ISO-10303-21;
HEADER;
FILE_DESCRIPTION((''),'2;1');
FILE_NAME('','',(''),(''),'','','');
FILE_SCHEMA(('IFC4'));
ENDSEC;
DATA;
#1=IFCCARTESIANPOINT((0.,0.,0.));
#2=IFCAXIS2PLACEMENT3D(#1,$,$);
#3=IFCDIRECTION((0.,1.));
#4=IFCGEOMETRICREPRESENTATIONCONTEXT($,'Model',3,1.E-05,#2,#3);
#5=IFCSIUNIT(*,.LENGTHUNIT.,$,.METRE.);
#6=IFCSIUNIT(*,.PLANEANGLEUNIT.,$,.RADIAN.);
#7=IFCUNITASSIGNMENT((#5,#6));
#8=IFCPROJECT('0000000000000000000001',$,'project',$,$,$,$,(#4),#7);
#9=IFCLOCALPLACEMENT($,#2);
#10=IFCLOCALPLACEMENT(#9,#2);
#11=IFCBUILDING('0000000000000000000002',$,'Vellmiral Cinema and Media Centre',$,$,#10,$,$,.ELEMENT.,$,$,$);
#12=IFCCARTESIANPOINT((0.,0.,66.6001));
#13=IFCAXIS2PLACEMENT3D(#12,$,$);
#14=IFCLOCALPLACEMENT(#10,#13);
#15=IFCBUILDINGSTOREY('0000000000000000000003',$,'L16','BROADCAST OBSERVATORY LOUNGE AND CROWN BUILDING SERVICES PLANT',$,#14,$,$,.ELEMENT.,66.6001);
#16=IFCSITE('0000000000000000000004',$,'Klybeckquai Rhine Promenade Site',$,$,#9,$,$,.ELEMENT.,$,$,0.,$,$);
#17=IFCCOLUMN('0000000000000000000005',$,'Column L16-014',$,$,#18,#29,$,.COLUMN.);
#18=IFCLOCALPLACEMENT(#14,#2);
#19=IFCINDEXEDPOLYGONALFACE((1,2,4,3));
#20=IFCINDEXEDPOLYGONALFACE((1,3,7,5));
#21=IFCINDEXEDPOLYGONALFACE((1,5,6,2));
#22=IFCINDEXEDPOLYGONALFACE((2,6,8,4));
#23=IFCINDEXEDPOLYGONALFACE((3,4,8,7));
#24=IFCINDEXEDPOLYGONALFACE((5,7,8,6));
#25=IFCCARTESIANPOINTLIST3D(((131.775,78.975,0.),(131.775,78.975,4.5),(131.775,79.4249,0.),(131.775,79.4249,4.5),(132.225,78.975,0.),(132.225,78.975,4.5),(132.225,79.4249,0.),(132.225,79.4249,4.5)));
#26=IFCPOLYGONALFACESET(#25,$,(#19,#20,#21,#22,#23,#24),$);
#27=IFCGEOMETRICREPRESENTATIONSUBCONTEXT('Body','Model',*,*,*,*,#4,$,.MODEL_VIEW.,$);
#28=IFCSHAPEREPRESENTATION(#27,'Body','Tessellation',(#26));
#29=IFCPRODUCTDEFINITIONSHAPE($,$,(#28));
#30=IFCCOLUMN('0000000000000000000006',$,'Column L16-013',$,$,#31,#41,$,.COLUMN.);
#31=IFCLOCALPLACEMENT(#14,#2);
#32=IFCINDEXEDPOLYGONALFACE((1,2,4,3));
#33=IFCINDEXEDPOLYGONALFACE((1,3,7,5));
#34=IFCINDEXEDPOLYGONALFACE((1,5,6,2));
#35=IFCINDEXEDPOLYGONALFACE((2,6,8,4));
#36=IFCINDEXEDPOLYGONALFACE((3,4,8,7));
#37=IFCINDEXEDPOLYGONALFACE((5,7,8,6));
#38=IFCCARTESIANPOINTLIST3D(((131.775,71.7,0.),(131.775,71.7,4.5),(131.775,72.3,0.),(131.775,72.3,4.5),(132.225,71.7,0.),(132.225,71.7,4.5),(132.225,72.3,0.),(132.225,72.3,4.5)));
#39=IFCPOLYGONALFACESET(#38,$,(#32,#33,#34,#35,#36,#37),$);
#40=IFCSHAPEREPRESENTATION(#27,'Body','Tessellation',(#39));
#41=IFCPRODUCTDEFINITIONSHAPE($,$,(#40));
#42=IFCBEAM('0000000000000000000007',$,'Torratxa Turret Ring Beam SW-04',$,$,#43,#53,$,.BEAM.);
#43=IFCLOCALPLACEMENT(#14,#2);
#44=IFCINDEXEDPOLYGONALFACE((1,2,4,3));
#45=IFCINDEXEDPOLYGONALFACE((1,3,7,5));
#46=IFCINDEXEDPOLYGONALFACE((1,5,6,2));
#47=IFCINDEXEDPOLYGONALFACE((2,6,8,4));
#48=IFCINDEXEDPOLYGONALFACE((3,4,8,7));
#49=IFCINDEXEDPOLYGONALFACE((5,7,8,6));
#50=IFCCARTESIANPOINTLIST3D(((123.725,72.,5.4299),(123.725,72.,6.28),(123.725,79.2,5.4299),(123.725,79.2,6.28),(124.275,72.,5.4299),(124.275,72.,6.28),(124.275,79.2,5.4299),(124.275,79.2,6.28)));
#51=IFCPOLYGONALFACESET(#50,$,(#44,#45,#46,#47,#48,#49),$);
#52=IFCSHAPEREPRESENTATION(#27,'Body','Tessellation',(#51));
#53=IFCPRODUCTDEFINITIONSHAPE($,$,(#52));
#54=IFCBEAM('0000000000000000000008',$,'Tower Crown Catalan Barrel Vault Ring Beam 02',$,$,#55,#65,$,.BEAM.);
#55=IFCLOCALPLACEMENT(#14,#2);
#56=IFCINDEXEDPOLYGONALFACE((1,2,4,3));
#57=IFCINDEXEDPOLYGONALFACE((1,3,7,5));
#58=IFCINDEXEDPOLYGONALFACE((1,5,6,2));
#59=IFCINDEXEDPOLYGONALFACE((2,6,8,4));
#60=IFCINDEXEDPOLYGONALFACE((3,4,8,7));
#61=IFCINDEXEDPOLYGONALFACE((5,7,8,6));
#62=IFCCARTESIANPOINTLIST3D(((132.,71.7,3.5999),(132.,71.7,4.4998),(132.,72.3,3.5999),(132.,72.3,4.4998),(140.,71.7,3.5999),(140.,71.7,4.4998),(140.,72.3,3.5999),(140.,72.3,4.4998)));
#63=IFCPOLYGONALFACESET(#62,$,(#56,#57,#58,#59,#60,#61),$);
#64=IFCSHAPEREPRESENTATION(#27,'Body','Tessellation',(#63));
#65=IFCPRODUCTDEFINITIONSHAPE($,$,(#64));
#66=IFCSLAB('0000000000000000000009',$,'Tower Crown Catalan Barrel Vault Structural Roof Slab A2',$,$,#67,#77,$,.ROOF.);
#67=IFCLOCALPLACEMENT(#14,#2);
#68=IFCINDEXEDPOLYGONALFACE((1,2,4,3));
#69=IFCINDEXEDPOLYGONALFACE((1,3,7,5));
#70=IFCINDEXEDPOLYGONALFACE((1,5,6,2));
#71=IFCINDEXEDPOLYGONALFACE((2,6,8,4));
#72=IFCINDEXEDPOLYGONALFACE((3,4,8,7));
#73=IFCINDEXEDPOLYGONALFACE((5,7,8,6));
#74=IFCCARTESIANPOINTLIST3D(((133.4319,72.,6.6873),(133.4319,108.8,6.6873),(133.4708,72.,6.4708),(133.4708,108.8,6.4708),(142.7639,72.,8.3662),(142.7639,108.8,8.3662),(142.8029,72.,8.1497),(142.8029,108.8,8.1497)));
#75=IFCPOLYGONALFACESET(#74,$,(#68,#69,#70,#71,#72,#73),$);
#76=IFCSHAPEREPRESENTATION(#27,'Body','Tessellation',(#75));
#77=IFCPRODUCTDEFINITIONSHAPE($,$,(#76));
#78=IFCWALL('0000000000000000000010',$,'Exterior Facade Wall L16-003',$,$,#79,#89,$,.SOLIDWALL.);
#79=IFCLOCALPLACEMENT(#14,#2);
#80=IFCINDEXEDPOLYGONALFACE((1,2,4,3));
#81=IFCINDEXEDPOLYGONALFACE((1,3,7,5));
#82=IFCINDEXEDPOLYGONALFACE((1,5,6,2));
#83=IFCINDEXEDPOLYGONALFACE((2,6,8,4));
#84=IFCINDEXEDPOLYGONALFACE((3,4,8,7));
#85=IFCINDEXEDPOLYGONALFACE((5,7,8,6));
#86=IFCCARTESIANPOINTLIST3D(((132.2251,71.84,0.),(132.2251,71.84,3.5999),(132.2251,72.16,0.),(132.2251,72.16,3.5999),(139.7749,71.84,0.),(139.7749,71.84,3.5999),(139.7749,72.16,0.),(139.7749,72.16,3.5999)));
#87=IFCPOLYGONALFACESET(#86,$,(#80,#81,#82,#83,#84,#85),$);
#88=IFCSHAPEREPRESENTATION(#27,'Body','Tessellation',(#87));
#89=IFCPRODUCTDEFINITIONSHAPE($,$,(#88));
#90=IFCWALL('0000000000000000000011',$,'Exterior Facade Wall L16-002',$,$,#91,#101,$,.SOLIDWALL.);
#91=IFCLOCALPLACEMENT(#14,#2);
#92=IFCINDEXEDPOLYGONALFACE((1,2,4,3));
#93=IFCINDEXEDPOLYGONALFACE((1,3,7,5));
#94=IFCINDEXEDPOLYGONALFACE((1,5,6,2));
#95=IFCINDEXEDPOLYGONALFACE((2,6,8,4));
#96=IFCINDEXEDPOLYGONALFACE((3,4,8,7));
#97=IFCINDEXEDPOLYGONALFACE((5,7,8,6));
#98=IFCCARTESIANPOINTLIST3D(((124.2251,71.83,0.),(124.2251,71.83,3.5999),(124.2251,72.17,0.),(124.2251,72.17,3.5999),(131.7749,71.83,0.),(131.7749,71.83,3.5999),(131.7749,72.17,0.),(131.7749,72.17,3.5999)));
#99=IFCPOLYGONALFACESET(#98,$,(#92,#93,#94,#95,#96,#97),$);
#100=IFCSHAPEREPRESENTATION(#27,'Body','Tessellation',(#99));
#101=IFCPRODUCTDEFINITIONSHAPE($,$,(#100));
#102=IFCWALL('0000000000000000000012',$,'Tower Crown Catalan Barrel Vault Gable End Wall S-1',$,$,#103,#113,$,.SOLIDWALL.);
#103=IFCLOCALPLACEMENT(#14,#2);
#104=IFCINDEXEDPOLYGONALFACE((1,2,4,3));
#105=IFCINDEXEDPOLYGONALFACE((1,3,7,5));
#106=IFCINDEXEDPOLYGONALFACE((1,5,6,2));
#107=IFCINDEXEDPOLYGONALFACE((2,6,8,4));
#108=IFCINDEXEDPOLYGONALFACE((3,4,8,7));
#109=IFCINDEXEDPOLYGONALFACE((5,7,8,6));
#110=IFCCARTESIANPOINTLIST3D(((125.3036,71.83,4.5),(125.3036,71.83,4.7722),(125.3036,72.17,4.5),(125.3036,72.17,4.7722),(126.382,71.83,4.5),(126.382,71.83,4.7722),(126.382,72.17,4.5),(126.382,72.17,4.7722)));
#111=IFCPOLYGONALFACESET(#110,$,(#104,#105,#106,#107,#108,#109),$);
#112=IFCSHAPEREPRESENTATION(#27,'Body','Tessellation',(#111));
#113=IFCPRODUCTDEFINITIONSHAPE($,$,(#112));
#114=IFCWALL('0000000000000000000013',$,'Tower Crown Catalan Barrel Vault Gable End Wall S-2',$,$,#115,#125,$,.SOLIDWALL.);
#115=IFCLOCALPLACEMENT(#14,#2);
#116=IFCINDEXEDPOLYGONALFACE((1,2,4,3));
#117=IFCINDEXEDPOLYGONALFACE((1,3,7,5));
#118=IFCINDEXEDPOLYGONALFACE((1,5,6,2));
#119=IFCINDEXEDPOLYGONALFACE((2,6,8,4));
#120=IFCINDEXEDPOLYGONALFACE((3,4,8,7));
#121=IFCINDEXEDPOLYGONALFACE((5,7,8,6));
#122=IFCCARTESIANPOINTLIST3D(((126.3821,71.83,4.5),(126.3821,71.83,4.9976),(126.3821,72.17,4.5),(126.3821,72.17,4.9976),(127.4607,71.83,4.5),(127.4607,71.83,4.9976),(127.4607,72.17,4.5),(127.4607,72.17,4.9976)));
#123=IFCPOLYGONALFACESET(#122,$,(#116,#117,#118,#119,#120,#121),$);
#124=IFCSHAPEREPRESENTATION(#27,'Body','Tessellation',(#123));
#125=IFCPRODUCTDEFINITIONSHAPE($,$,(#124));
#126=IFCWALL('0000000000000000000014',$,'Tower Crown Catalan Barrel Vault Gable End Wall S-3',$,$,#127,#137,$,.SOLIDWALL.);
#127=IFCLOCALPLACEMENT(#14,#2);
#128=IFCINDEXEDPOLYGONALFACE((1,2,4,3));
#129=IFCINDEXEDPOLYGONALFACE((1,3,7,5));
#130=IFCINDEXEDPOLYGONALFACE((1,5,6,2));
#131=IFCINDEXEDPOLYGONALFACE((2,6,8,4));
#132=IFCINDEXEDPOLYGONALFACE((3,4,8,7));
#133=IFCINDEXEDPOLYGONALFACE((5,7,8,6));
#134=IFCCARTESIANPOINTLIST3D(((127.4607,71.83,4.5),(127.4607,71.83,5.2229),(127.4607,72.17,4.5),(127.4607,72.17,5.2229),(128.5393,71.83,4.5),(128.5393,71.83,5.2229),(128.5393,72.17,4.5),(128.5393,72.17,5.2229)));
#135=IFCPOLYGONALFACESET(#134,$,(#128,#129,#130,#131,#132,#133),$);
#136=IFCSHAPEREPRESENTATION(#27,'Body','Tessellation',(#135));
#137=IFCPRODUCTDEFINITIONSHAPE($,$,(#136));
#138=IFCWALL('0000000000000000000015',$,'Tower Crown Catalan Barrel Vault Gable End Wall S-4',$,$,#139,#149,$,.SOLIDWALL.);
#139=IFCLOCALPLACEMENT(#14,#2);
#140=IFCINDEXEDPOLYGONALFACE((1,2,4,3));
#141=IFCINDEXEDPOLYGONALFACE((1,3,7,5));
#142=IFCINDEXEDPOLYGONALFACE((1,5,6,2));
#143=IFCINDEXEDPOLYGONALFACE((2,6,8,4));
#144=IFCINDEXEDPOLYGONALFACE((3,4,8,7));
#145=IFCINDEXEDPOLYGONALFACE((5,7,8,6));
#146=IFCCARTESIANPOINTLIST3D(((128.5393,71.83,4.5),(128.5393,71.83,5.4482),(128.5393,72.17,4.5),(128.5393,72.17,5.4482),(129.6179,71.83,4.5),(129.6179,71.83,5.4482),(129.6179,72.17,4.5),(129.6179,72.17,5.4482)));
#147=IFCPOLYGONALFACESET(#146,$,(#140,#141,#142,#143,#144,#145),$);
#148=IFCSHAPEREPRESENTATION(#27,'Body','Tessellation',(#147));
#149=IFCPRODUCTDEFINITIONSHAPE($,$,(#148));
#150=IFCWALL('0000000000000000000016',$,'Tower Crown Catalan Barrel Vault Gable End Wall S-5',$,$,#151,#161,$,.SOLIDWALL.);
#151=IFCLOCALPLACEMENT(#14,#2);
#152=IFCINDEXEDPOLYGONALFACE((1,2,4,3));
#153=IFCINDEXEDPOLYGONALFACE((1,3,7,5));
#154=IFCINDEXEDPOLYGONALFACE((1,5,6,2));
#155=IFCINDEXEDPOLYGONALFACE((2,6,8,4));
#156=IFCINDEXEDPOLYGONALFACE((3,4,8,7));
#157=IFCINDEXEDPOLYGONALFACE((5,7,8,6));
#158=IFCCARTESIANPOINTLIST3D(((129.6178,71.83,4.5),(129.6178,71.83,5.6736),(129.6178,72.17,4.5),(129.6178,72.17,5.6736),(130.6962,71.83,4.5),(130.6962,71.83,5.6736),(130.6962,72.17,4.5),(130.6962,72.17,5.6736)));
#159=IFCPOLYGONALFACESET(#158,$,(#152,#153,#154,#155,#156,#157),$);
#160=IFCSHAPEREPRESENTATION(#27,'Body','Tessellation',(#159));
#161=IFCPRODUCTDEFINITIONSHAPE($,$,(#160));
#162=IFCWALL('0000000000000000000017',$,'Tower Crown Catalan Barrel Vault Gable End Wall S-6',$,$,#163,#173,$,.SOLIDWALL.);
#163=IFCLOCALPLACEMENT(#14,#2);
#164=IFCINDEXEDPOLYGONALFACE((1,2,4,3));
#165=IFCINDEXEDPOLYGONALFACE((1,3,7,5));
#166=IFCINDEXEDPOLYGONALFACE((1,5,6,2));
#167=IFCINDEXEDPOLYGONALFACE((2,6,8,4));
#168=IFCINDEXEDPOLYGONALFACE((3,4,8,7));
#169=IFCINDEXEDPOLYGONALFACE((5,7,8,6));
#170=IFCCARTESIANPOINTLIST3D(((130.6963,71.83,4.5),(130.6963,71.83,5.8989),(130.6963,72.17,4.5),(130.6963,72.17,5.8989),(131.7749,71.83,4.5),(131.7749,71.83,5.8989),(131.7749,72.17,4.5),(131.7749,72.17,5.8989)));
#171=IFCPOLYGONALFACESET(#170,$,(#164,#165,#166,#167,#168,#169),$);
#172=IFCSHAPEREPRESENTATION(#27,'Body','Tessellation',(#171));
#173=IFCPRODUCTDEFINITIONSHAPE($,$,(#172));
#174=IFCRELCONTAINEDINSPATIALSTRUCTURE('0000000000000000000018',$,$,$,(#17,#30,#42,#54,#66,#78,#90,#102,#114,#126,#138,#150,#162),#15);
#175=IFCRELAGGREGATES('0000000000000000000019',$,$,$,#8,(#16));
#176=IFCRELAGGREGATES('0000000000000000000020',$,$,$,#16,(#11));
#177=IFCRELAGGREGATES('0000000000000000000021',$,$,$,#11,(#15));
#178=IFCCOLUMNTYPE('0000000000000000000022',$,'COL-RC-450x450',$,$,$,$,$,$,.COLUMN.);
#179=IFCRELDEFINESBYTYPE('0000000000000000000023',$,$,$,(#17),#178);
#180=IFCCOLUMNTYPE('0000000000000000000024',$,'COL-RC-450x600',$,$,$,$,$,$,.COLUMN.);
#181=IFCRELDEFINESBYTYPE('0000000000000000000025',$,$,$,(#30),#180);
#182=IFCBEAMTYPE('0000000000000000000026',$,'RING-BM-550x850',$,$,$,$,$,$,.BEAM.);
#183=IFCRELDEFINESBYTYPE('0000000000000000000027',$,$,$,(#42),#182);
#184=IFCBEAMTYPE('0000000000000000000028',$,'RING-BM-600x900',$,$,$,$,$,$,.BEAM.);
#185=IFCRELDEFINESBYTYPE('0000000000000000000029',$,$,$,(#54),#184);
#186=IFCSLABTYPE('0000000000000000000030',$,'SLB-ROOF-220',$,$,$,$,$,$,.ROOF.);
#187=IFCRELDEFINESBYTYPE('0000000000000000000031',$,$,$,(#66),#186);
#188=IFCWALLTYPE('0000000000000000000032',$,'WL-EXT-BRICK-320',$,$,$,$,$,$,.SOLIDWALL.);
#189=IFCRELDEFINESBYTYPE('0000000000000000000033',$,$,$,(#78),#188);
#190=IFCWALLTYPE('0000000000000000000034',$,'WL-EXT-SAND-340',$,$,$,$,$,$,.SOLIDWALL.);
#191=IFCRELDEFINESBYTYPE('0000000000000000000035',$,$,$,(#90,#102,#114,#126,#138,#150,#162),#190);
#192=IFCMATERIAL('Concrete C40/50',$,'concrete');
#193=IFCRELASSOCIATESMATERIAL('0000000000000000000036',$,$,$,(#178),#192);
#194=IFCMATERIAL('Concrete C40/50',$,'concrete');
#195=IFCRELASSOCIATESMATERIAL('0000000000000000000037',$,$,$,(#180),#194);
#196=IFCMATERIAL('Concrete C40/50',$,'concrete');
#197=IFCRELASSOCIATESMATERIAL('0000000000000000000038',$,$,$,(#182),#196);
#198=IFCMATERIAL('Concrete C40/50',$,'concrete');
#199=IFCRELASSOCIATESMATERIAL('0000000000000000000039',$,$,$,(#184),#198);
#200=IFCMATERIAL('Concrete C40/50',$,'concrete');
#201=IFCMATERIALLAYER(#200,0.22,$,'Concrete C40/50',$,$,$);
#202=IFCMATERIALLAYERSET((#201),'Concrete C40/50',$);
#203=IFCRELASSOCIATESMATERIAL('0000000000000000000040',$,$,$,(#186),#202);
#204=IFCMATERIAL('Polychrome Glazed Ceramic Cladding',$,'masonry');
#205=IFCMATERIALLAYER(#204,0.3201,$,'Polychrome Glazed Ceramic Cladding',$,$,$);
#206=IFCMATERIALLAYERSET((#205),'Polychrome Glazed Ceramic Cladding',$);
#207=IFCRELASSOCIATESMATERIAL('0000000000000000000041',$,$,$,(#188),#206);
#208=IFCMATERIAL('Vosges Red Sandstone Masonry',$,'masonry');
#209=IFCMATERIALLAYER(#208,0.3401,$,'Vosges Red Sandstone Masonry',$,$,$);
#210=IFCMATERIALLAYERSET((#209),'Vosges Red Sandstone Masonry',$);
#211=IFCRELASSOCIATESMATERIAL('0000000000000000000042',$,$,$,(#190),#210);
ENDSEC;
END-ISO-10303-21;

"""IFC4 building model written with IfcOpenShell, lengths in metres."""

from ifc_helpers import new_model, si_unit, direction, frame, frame_2d, origin, origin_2d, place, context, subcontext, project, spatial, polyline, rectangle, outline, extrude, material, layer, layer_set, material_profile, profile_set, type_object, element, save


model = new_model("IFC4")

# Units and contexts
model_context = context("Model", 3, precision=1e-05, world=origin(), true_north=direction((0.0, 1.0)))
body_context = subcontext(model_context, "Body", "Model", "MODEL_VIEW")
ifc_project = project(units=[si_unit("LENGTHUNIT", "METRE"), si_unit("PLANEANGLEUNIT", "RADIAN")], contexts=[model_context])

# Site, building, storey
site_placement = place(None, origin())
site = spatial("IfcSite", under=ifc_project, at=site_placement, Name="Klybeckquai Rhine Promenade Site", CompositionType="ELEMENT", RefElevation=0.0)
building_placement = place(site_placement, origin())
building = spatial("IfcBuilding", under=site, at=building_placement, Name="Vellmiral Cinema and Media Centre", CompositionType="ELEMENT")
storey_placement = place(building_placement, frame((0.0, 0.0, 66.6001)))
storey = spatial("IfcBuildingStorey", under=building, at=storey_placement, Name="L16", Description="BROADCAST OBSERVATORY LOUNGE AND CROWN BUILDING SERVICES PLANT", CompositionType="ELEMENT", Elevation=66.6001)

# Columns
ifc_material_1 = material(Name="Concrete C40/50", Category="concrete")
ifc_material_profile_1 = material_profile(ifc_material_1, rectangle(XDim=0.45, YDim=0.45, at=origin_2d()), Name="RC 450x450")
ifc_profile_set_1 = profile_set([ifc_material_profile_1], Name="Concrete C40/50")
column_type_1 = type_object("IfcColumnType", Name="COL-RC-450x450", PredefinedType="COLUMN", material=ifc_profile_set_1)
column_1_placement = place(storey_placement, frame((132.0, 79.2, 0.0), z_axis=(0.0, 0.0, 1.0), x_axis=(1.0, 0.0, 0.0)))
element("IfcColumn", 1, at=column_1_placement, inside=storey, type_object=column_type_1, Name="Column L16-014", PredefinedType="COLUMN", context=body_context, shape_type="SweptSolid", body=[
    extrude(rectangle(XDim=0.45, YDim=0.45, at=origin_2d()), origin(), (0.0, 0.0, 1.0), 4.5),
])
ifc_material_2 = material(Name="Concrete C40/50", Category="concrete")
ifc_material_profile_2 = material_profile(ifc_material_2, rectangle(XDim=0.45, YDim=0.6001, at=origin_2d()), Name="RC 450x600")
ifc_profile_set_2 = profile_set([ifc_material_profile_2], Name="Concrete C40/50")
column_type_2 = type_object("IfcColumnType", Name="COL-RC-450x600", PredefinedType="COLUMN", material=ifc_profile_set_2)
column_2_placement = place(storey_placement, frame((132.0, 72.0, 0.0), z_axis=(0.0, 0.0, 1.0), x_axis=(1.0, 0.0, 0.0)))
element("IfcColumn", 2, at=column_2_placement, inside=storey, type_object=column_type_2, Name="Column L16-013", PredefinedType="COLUMN", context=body_context, shape_type="SweptSolid", body=[
    extrude(rectangle(XDim=0.45, YDim=0.6001, at=origin_2d()), origin(), (0.0, 0.0, 1.0), 4.5),
])

# Beams
ifc_material_3 = material(Name="Concrete C40/50", Category="concrete")
ifc_material_profile_3 = material_profile(ifc_material_3, rectangle(XDim=0.55, YDim=0.8501, at=origin_2d()), Name="RC 550x850")
ifc_profile_set_3 = profile_set([ifc_material_profile_3], Name="Concrete C40/50")
beam_type_1 = type_object("IfcBeamType", Name="RING-BM-550x850", PredefinedType="BEAM", material=ifc_profile_set_3)
beam_1_placement = place(storey_placement, frame((124.0, 72.0, 5.855), z_axis=(0.0, 1.0, 0.0), x_axis=(-1.0, 0.0, 0.0)))
element("IfcBeam", 3, at=beam_1_placement, inside=storey, type_object=beam_type_1, Name="Torratxa Turret Ring Beam SW-04", PredefinedType="BEAM", context=body_context, shape_type="SweptSolid", body=[
    extrude(rectangle(XDim=0.55, YDim=0.8501, at=origin_2d()), origin(), (0.0, 0.0, 1.0), 7.2),
])
ifc_material_4 = material(Name="Concrete C40/50", Category="concrete")
ifc_material_profile_4 = material_profile(ifc_material_4, rectangle(XDim=0.6001, YDim=0.8999, at=origin_2d()), Name="RC 600x900")
ifc_profile_set_4 = profile_set([ifc_material_profile_4], Name="Concrete C40/50")
beam_type_2 = type_object("IfcBeamType", Name="RING-BM-600x900", PredefinedType="BEAM", material=ifc_profile_set_4)
beam_2_placement = place(storey_placement, frame((132.0, 72.0, 4.0498), z_axis=(1.0, 0.0, 0.0), x_axis=(0.0, 1.0, 0.0)))
element("IfcBeam", 4, at=beam_2_placement, inside=storey, type_object=beam_type_2, Name="Tower Crown Catalan Barrel Vault Ring Beam 02", PredefinedType="BEAM", context=body_context, shape_type="SweptSolid", body=[
    extrude(rectangle(XDim=0.6001, YDim=0.8999, at=origin_2d()), origin(), (0.0, 0.0, 1.0), 8.0),
])

# Slab
ifc_material_5 = material(Name="Concrete C40/50", Category="concrete")
ifc_layer_1 = layer(ifc_material_5, 0.22, Name="Concrete C40/50")
ifc_layer_set_1 = layer_set([ifc_layer_1], Name="Concrete C40/50")
slab_type = type_object("IfcSlabType", Name="SLB-ROOF-220", PredefinedType="ROOF", material=ifc_layer_set_1)
slab_placement = place(storey_placement, frame((133.4319, 72.0, 6.6873), z_axis=(-0.17707, 0.0, 0.984198), x_axis=(0.984198, 0.0, 0.17707)))
element("IfcSlab", 5, at=slab_placement, inside=storey, type_object=slab_type, Name="Tower Crown Catalan Barrel Vault Structural Roof Slab A2", PredefinedType="ROOF", context=body_context, shape_type="SweptSolid", body=[
    extrude(outline(polyline([(0.0, 0.0), (9.4819, 0.0), (9.4819, 36.8), (0.0, 36.8), (0.0, 0.0)])), origin(), (0.0, 0.0, -1.0), 0.22),
])

# Walls
ifc_material_6 = material(Name="Polychrome Glazed Ceramic Cladding", Category="masonry")
ifc_layer_2 = layer(ifc_material_6, 0.3201, Name="Polychrome Glazed Ceramic Cladding")
ifc_layer_set_2 = layer_set([ifc_layer_2], Name="Polychrome Glazed Ceramic Cladding")
wall_type_1 = type_object("IfcWallType", Name="WL-EXT-BRICK-320", PredefinedType="SOLIDWALL", material=ifc_layer_set_2)
wall_1_placement = place(storey_placement, frame((132.2251, 72.0, 0.0), z_axis=(0.0, 0.0, 1.0), x_axis=(1.0, 0.0, 0.0)))
element("IfcWall", 6, at=wall_1_placement, inside=storey, type_object=wall_type_1, Name="Exterior Facade Wall L16-003", PredefinedType="SOLIDWALL", context=body_context, shape_type="SweptSolid", body=[
    extrude(rectangle(XDim=7.5498, YDim=0.3201, at=frame_2d((3.7749, 0.0))), origin(), (0.0, 0.0, 1.0), 3.5999),
])
ifc_material_7 = material(Name="Vosges Red Sandstone Masonry", Category="masonry")
ifc_layer_3 = layer(ifc_material_7, 0.3401, Name="Vosges Red Sandstone Masonry")
ifc_layer_set_3 = layer_set([ifc_layer_3], Name="Vosges Red Sandstone Masonry")
wall_type_2 = type_object("IfcWallType", Name="WL-EXT-SAND-340", PredefinedType="SOLIDWALL", material=ifc_layer_set_3)
wall_2_placement = place(storey_placement, frame((124.2251, 72.0, 0.0), z_axis=(0.0, 0.0, 1.0), x_axis=(1.0, 0.0, 0.0)))
element("IfcWall", 7, at=wall_2_placement, inside=storey, type_object=wall_type_2, Name="Exterior Facade Wall L16-002", PredefinedType="SOLIDWALL", context=body_context, shape_type="SweptSolid", body=[
    extrude(rectangle(XDim=7.5498, YDim=0.3401, at=frame_2d((3.7749, 0.0))), origin(), (0.0, 0.0, 1.0), 3.5999),
])
wall_3_placement = place(storey_placement, frame((125.3037, 72.0, 4.5), z_axis=(0.0, 0.0, 1.0), x_axis=(1.0, 0.0, 0.0)))
element("IfcWall", 8, at=wall_3_placement, inside=storey, type_object=wall_type_2, Name="Tower Crown Catalan Barrel Vault Gable End Wall S-1", PredefinedType="SOLIDWALL", context=body_context, shape_type="SweptSolid", body=[
    extrude(rectangle(XDim=1.0784, YDim=0.3401, at=frame_2d((0.5391, 0.0))), origin(), (0.0, 0.0, 1.0), 0.2722),
])
wall_4_placement = place(storey_placement, frame((126.3821, 72.0, 4.5), z_axis=(0.0, 0.0, 1.0), x_axis=(1.0, 0.0, 0.0)))
element("IfcWall", 9, at=wall_4_placement, inside=storey, type_object=wall_type_2, Name="Tower Crown Catalan Barrel Vault Gable End Wall S-2", PredefinedType="SOLIDWALL", context=body_context, shape_type="SweptSolid", body=[
    extrude(rectangle(XDim=1.0786, YDim=0.3401, at=frame_2d((0.5393, 0.0))), origin(), (0.0, 0.0, 1.0), 0.4976),
])
wall_5_placement = place(storey_placement, frame((127.4607, 72.0, 4.5), z_axis=(0.0, 0.0, 1.0), x_axis=(1.0, 0.0, 0.0)))
element("IfcWall", 10, at=wall_5_placement, inside=storey, type_object=wall_type_2, Name="Tower Crown Catalan Barrel Vault Gable End Wall S-3", PredefinedType="SOLIDWALL", context=body_context, shape_type="SweptSolid", body=[
    extrude(rectangle(XDim=1.0786, YDim=0.3401, at=frame_2d((0.5393, 0.0))), origin(), (0.0, 0.0, 1.0), 0.7229),
])
wall_6_placement = place(storey_placement, frame((128.5393, 72.0, 4.5), z_axis=(0.0, 0.0, 1.0), x_axis=(1.0, 0.0, 0.0)))
element("IfcWall", 11, at=wall_6_placement, inside=storey, type_object=wall_type_2, Name="Tower Crown Catalan Barrel Vault Gable End Wall S-4", PredefinedType="SOLIDWALL", context=body_context, shape_type="SweptSolid", body=[
    extrude(rectangle(XDim=1.0786, YDim=0.3401, at=frame_2d((0.5393, 0.0))), origin(), (0.0, 0.0, 1.0), 0.9482),
])
wall_7_placement = place(storey_placement, frame((129.6179, 72.0, 4.5), z_axis=(0.0, 0.0, 1.0), x_axis=(1.0, 0.0, 0.0)))
element("IfcWall", 12, at=wall_7_placement, inside=storey, type_object=wall_type_2, Name="Tower Crown Catalan Barrel Vault Gable End Wall S-5", PredefinedType="SOLIDWALL", context=body_context, shape_type="SweptSolid", body=[
    extrude(rectangle(XDim=1.0784, YDim=0.3401, at=frame_2d((0.5391, 0.0))), origin(), (0.0, 0.0, 1.0), 1.1736),
])
wall_8_placement = place(storey_placement, frame((130.6963, 72.0, 4.5), z_axis=(0.0, 0.0, 1.0), x_axis=(1.0, 0.0, 0.0)))
element("IfcWall", 13, at=wall_8_placement, inside=storey, type_object=wall_type_2, Name="Tower Crown Catalan Barrel Vault Gable End Wall S-6", PredefinedType="SOLIDWALL", context=body_context, shape_type="SweptSolid", body=[
    extrude(rectangle(XDim=1.0786, YDim=0.3401, at=frame_2d((0.5393, 0.0))), origin(), (0.0, 0.0, 1.0), 1.3989),
])

save(model, "model.ifc")
